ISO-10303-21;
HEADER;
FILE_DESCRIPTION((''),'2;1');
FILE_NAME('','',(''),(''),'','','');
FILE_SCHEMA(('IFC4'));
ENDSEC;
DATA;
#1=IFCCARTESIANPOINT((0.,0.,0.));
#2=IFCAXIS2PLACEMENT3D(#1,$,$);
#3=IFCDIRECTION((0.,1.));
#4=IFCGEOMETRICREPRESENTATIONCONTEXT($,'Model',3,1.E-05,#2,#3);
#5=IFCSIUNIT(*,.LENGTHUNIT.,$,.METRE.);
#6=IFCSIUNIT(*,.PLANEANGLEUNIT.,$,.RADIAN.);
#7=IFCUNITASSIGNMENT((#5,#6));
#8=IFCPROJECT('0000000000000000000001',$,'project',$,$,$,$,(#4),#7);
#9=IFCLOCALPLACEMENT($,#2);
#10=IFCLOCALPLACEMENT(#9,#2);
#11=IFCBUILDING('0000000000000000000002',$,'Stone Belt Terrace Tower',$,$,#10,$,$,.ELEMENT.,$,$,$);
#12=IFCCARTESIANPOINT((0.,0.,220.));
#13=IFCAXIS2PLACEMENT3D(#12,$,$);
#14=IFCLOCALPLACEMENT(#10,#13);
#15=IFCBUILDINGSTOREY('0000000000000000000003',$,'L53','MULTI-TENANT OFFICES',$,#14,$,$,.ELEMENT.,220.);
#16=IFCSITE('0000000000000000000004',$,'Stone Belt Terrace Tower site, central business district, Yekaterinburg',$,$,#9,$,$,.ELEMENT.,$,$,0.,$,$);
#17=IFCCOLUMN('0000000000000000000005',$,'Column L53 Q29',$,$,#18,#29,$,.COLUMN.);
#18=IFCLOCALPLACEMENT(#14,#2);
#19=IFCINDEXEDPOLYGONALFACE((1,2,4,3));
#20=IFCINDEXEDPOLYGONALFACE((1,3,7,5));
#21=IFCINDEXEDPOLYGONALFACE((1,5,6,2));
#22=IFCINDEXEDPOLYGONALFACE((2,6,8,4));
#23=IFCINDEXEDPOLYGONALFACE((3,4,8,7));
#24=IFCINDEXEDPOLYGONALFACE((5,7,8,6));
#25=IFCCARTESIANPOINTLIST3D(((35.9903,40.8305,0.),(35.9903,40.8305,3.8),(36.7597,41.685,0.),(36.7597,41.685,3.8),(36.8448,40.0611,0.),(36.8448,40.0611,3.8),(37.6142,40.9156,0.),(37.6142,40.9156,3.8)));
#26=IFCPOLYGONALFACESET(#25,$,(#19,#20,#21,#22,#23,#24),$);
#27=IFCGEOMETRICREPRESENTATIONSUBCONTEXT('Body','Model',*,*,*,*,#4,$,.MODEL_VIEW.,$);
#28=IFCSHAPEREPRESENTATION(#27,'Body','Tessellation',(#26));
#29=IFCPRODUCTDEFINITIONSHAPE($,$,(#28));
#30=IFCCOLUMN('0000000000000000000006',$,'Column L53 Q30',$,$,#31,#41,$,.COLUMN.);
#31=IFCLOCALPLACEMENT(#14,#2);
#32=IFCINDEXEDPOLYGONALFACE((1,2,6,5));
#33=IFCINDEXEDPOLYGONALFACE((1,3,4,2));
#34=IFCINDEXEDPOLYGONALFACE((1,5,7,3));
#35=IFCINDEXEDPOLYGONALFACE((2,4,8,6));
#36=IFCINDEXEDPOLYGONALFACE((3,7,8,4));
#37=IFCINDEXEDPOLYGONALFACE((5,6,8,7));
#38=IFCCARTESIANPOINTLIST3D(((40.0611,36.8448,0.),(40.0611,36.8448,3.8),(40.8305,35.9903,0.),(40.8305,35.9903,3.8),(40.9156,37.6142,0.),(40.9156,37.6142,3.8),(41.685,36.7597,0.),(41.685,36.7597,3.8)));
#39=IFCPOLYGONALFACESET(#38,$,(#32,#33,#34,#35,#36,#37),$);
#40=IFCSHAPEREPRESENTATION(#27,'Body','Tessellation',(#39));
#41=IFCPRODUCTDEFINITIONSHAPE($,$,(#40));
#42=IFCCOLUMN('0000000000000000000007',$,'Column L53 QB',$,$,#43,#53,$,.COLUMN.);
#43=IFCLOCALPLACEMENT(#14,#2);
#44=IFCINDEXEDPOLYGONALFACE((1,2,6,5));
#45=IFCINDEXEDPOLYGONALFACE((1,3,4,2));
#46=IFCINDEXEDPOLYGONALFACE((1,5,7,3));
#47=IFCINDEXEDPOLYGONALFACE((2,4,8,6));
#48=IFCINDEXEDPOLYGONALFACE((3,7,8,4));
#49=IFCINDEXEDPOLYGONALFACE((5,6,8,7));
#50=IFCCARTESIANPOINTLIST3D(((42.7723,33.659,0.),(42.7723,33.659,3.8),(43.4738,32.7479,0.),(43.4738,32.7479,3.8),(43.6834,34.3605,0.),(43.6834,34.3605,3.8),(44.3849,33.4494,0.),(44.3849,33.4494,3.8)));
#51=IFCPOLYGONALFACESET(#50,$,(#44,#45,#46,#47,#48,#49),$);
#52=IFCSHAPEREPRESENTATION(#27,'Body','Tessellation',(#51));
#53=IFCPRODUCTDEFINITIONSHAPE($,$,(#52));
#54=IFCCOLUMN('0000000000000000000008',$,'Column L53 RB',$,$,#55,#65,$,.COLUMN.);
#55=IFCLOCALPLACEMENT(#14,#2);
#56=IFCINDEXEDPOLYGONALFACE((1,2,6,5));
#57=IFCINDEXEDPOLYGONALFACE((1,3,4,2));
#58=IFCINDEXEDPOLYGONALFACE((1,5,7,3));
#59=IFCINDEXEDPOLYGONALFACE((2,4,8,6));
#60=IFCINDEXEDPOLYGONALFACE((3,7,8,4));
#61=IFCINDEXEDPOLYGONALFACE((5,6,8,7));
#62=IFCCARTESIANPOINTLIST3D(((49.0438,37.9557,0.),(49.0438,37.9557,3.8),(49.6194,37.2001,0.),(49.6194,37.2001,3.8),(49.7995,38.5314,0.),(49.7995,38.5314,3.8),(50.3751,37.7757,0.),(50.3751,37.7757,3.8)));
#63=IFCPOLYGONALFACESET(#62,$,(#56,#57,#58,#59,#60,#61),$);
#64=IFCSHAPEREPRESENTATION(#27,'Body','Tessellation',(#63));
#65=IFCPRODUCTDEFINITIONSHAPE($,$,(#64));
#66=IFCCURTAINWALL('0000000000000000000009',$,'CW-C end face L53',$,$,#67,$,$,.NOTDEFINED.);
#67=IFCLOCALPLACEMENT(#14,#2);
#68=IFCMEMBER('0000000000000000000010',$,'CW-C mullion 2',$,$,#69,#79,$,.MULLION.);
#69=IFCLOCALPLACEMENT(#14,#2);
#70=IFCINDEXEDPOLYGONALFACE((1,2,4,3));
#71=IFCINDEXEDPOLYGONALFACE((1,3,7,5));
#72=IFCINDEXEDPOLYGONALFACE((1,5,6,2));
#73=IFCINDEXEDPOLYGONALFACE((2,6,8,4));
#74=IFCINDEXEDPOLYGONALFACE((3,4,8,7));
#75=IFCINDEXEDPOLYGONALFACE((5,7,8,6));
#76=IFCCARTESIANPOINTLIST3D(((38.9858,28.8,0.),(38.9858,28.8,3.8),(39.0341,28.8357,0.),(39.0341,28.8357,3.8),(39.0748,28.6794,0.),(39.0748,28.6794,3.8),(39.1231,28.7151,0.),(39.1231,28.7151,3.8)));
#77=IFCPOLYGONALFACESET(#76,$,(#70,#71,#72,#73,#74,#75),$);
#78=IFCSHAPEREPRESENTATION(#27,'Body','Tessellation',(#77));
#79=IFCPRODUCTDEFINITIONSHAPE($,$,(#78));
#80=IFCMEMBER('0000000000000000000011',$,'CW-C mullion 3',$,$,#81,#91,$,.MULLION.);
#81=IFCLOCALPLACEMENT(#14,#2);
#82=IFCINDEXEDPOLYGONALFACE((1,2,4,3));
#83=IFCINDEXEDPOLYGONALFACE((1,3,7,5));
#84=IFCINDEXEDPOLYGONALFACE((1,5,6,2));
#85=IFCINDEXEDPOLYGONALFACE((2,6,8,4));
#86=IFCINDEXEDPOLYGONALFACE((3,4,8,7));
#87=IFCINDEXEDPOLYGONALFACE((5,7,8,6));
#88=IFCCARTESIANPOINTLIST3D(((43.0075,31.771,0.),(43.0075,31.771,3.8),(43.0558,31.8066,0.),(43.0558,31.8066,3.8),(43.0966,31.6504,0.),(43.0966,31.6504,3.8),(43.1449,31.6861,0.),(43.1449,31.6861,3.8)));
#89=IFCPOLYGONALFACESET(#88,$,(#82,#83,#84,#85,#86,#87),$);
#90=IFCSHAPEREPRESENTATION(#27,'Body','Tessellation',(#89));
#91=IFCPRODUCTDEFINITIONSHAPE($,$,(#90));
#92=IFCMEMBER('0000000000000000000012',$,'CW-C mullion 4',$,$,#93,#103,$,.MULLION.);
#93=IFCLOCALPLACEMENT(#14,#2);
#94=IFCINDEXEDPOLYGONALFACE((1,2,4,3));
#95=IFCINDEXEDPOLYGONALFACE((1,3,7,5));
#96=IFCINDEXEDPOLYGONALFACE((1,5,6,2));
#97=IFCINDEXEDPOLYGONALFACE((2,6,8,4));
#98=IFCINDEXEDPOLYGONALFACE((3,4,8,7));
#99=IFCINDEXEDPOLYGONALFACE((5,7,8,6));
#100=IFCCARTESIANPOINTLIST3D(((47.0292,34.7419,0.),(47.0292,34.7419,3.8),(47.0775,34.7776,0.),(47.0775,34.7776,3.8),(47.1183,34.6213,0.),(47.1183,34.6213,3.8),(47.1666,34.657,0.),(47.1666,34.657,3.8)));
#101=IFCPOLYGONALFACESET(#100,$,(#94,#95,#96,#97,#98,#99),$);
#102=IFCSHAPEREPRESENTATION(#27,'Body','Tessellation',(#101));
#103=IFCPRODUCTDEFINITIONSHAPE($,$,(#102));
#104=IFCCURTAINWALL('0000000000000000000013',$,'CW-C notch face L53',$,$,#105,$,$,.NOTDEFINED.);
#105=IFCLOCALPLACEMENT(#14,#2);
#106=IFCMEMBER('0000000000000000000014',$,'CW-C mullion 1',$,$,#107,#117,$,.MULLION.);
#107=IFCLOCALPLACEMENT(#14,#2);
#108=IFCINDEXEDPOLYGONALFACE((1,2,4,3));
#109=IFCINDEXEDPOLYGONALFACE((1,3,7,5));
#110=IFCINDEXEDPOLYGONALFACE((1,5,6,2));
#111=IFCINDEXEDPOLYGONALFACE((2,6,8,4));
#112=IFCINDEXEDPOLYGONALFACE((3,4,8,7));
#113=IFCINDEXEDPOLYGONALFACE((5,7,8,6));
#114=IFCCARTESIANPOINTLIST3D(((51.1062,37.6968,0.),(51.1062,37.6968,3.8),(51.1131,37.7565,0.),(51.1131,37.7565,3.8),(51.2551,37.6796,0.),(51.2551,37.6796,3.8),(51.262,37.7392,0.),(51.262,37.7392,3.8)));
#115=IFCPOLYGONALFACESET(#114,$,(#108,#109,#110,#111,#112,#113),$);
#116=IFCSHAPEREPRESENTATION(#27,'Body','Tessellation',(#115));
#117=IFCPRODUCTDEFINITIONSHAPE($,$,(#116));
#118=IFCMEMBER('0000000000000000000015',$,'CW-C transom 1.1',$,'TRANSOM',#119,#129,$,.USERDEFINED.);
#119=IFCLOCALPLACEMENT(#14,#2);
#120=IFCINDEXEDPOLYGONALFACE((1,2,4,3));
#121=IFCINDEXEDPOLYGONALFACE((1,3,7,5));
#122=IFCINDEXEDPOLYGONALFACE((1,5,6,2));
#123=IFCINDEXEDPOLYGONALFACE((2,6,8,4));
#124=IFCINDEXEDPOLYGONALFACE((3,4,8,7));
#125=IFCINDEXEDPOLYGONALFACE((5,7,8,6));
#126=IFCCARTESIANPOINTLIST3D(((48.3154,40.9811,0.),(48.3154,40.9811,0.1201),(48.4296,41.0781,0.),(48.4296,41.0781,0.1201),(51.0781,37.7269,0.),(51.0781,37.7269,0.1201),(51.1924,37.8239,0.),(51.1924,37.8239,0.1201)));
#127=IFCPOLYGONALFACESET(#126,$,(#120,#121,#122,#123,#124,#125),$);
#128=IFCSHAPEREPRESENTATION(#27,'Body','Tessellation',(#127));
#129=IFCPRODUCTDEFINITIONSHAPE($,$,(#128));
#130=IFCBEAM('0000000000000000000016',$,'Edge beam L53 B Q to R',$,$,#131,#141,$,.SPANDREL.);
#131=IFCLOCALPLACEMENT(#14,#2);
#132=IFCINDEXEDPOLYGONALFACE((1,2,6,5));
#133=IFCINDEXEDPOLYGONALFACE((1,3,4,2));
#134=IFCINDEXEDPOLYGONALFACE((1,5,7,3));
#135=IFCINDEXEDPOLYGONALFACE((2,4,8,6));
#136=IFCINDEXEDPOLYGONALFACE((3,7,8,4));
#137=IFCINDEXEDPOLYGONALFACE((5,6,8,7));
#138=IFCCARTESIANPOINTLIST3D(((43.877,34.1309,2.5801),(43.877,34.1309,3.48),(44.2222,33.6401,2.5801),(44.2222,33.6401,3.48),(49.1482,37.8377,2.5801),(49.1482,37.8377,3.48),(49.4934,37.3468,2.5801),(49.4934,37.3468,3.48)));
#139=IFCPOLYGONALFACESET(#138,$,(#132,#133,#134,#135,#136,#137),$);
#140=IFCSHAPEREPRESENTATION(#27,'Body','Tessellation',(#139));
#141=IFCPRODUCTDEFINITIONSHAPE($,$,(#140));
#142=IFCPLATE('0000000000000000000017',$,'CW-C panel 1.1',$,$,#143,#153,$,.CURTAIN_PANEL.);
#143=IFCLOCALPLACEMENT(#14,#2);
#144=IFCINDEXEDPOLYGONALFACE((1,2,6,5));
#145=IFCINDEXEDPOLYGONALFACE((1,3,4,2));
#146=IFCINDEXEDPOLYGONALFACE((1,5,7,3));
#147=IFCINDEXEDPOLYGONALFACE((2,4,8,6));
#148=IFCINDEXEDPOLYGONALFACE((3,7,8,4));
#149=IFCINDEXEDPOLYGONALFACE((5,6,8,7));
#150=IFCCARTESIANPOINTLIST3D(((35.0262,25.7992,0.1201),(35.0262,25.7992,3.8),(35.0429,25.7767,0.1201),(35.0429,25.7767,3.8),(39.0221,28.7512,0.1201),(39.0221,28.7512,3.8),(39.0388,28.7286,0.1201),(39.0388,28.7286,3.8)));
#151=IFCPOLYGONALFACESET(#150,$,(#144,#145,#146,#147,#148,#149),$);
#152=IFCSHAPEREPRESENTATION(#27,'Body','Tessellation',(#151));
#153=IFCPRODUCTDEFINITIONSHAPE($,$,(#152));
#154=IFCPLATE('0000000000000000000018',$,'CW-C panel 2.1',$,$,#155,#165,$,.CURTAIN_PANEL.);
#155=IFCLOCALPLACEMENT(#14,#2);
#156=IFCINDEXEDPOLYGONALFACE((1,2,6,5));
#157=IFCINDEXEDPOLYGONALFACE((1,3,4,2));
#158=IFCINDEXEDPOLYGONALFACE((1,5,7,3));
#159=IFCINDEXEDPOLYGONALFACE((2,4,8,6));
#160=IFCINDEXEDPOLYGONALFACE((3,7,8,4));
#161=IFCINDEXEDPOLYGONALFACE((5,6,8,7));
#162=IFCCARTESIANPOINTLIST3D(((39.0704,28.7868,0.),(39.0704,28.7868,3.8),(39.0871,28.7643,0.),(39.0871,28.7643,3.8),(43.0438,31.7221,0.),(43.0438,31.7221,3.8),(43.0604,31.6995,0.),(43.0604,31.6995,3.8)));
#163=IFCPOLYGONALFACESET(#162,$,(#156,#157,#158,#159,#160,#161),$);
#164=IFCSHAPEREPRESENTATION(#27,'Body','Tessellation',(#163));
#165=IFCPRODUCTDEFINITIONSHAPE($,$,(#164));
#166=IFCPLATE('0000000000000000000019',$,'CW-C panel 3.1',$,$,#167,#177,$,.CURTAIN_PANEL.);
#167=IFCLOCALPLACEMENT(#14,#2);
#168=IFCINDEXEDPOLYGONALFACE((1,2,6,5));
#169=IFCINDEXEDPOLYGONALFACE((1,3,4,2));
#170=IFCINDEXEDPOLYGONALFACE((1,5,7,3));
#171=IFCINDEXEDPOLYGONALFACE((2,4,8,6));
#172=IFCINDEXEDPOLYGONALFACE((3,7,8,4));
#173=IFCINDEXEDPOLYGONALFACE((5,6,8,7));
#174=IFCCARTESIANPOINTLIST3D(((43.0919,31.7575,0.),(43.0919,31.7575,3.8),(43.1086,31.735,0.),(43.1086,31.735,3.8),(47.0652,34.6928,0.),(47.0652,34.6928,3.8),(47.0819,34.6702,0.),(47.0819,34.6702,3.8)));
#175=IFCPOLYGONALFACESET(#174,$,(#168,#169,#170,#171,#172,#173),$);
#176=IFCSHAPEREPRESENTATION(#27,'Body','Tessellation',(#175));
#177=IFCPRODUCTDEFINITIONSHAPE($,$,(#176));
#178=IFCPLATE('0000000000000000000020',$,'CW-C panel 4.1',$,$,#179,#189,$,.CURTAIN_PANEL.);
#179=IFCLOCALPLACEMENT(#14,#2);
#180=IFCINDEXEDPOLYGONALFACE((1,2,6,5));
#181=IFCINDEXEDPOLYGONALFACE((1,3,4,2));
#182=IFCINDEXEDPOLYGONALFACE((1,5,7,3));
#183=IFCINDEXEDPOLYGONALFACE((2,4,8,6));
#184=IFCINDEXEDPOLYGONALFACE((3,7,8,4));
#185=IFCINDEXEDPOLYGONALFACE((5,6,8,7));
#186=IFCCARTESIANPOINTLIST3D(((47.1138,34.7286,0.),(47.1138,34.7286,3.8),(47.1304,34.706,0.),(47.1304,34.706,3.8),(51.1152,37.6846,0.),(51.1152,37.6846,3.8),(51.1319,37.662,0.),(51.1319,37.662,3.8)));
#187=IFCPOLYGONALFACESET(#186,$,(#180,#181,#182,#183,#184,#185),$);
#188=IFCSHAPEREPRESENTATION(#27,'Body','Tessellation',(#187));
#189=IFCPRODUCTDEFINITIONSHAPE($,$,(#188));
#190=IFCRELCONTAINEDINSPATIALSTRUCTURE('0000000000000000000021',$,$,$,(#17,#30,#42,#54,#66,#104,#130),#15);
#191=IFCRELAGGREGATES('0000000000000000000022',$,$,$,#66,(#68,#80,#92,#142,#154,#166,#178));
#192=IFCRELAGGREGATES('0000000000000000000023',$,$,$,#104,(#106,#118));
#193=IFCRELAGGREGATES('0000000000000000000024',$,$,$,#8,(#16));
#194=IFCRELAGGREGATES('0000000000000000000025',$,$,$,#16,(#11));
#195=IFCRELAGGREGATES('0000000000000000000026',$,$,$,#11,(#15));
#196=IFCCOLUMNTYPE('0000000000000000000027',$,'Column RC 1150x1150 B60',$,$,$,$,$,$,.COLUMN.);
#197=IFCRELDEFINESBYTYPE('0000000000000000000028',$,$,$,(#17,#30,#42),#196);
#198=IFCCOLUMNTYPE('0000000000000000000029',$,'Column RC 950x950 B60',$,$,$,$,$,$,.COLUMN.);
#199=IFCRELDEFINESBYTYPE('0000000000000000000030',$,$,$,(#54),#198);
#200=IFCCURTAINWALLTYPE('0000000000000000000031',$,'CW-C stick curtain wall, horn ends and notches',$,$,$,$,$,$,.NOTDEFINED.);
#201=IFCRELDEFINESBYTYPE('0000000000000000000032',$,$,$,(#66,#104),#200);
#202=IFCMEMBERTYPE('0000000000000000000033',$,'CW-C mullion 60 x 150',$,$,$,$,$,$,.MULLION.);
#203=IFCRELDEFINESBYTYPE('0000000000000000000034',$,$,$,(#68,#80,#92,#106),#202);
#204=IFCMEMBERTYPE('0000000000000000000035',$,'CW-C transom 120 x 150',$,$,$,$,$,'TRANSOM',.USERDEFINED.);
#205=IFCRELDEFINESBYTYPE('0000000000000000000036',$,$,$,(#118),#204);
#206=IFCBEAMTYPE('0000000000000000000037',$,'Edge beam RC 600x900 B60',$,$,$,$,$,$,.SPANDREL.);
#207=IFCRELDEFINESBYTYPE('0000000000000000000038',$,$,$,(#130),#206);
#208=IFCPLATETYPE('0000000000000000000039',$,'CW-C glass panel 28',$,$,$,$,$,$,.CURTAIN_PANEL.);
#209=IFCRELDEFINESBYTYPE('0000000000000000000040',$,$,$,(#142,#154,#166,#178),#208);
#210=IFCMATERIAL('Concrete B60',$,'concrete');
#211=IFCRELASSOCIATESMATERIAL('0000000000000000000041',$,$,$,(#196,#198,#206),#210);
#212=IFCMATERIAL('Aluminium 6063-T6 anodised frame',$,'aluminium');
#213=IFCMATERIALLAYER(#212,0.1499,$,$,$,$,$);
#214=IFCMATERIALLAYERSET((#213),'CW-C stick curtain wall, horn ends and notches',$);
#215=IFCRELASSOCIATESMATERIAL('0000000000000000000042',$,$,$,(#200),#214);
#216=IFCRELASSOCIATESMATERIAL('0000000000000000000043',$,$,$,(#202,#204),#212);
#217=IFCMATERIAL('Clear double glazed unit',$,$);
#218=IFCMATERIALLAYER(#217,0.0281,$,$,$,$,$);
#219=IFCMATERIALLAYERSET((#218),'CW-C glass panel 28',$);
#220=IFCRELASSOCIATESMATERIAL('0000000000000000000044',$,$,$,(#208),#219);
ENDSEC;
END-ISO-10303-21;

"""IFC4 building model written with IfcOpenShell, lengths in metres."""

from ifc_helpers import new_model, si_unit, direction, frame, origin, origin_2d, place, context, subcontext, project, spatial, rectangle, extrude, material, layer, layer_set, material_profile, profile_set, type_object, element, aggregate, save


model = new_model("IFC4")

# Units and contexts
model_context = context("Model", 3, precision=1e-05, world=origin(), true_north=direction((0.0, 1.0)))
body_context = subcontext(model_context, "Body", "Model", "MODEL_VIEW")
ifc_project = project(units=[si_unit("LENGTHUNIT", "METRE"), si_unit("PLANEANGLEUNIT", "RADIAN")], contexts=[model_context])

# Site, building, storey
site_placement = place(None, origin())
site = spatial("IfcSite", under=ifc_project, at=site_placement, Name="Stone Belt Terrace Tower site, central business district, Yekaterinburg", CompositionType="ELEMENT", RefElevation=0.0)
building_placement = place(site_placement, origin())
building = spatial("IfcBuilding", under=site, at=building_placement, Name="Stone Belt Terrace Tower", CompositionType="ELEMENT")
storey_placement = place(building_placement, frame((0.0, 0.0, 220.0)))
storey = spatial("IfcBuildingStorey", under=building, at=storey_placement, Name="L53", Description="MULTI-TENANT OFFICES", CompositionType="ELEMENT", Elevation=220.0)

# Columns
ifc_material_1 = material(Name="Concrete B60", Category="concrete")
ifc_material_profile_1 = material_profile(ifc_material_1, rectangle(XDim=1.1499, YDim=1.1499, at=origin_2d()), Name="RC 1150x1150")
ifc_profile_set_1 = profile_set([ifc_material_profile_1], Name="Concrete B60")
column_type_1 = type_object("IfcColumnType", Name="Column RC 1150x1150 B60", PredefinedType="COLUMN", material=ifc_profile_set_1)
for number, where, z_axis, x_axis, name in (
    (1, (36.8022, 40.873, 0.0), (0.0, 0.0, 1.0), (0.743145, -0.669131, 0.0), "Column L53 Q29"),
    (2, (40.873, 36.8022, 0.0), (0.0, 0.0, 1.0), (0.669131, -0.743145, 0.0), "Column L53 Q30"),
    (3, (43.5786, 33.5542, 0.0), (0.0, 0.0, 1.0), (0.610079, -0.792341, 0.0), "Column L53 QB"),
):
    element("IfcColumn", number, at=place(storey_placement, frame(where, z_axis=z_axis, x_axis=x_axis)), inside=storey, type_object=column_type_1, Name=name, PredefinedType="COLUMN", context=body_context, shape_type="SweptSolid", body=[
        extrude(rectangle(XDim=1.1499, YDim=1.1499, at=origin_2d()), origin(), (0.0, 0.0, 1.0), 3.8),
    ])
ifc_material_profile_2 = material_profile(ifc_material_1, rectangle(XDim=0.95, YDim=0.95, at=origin_2d()), Name="RC 950x950")
ifc_profile_set_2 = profile_set([ifc_material_profile_2], Name="Concrete B60")
column_type_2 = type_object("IfcColumnType", Name="Column RC 950x950 B60", PredefinedType="COLUMN", material=ifc_profile_set_2)
column_placement = place(storey_placement, frame((49.7095, 37.8657, 0.0), z_axis=(0.0, 0.0, 1.0), x_axis=(0.605961, -0.795495, 0.0)))
element("IfcColumn", 4, at=column_placement, inside=storey, type_object=column_type_2, Name="Column L53 RB", PredefinedType="COLUMN", context=body_context, shape_type="SweptSolid", body=[
    extrude(rectangle(XDim=0.95, YDim=0.95, at=origin_2d()), origin(), (0.0, 0.0, 1.0), 3.8),
])

# Curtain walls, members
ifc_material_2 = material(Name="Aluminium 6063-T6 anodised frame", Category="aluminium")
ifc_layer_1 = layer(ifc_material_2, 0.1499)
ifc_layer_set_1 = layer_set([ifc_layer_1], Name="CW-C stick curtain wall, horn ends and notches")
curtain_wall_type = type_object("IfcCurtainWallType", Name="CW-C stick curtain wall, horn ends and notches", PredefinedType="NOTDEFINED", material=ifc_layer_set_1)
curtain_wall_1_placement = place(storey_placement, origin())
curtain_wall_1 = element("IfcCurtainWall", 5, at=curtain_wall_1_placement, inside=storey, type_object=curtain_wall_type, Name="CW-C end face L53", PredefinedType="NOTDEFINED")
ifc_material_profile_3 = material_profile(ifc_material_2, rectangle(XDim=0.1499, YDim=0.0601, at=origin_2d()), Name="Aluminium 6063-T6 60x150")
ifc_profile_set_3 = profile_set([ifc_material_profile_3], Name="Aluminium 6063-T6 anodised frame")
member_type_1 = type_object("IfcMemberType", Name="CW-C mullion 60 x 150", PredefinedType="MULLION", material=ifc_profile_set_3)
member_1_placement = place(storey_placement, frame((39.0544, 28.7576, 0.0), z_axis=(0.0, 0.0, 1.0), x_axis=(-0.594184, 0.804329, 0.0)))
member_1 = element("IfcMember", 6, at=member_1_placement, type_object=member_type_1, Name="CW-C mullion 2", PredefinedType="MULLION", context=body_context, shape_type="SweptSolid", body=[
    extrude(rectangle(XDim=0.1499, YDim=0.0601, at=origin_2d()), origin(), (0.0, 0.0, 1.0), 3.8),
])
member_2_placement = place(storey_placement, frame((43.0762, 31.7285, 0.0), z_axis=(0.0, 0.0, 1.0), x_axis=(-0.594184, 0.804329, 0.0)))
member_2 = element("IfcMember", 7, at=member_2_placement, type_object=member_type_1, Name="CW-C mullion 3", PredefinedType="MULLION", context=body_context, shape_type="SweptSolid", body=[
    extrude(rectangle(XDim=0.1499, YDim=0.0601, at=origin_2d()), origin(), (0.0, 0.0, 1.0), 3.8),
])
member_3_placement = place(storey_placement, frame((47.0979, 34.6995, 0.0), z_axis=(0.0, 0.0, 1.0), x_axis=(-0.594184, 0.804329, 0.0)))
member_3 = element("IfcMember", 8, at=member_3_placement, type_object=member_type_1, Name="CW-C mullion 4", PredefinedType="MULLION", context=body_context, shape_type="SweptSolid", body=[
    extrude(rectangle(XDim=0.1499, YDim=0.0601, at=origin_2d()), origin(), (0.0, 0.0, 1.0), 3.8),
])
curtain_wall_2_placement = place(storey_placement, origin())
curtain_wall_2 = element("IfcCurtainWall", 9, at=curtain_wall_2_placement, inside=storey, type_object=curtain_wall_type, Name="CW-C notch face L53", PredefinedType="NOTDEFINED")
member_4_placement = place(storey_placement, frame((51.1841, 37.718, 0.0), z_axis=(0.0, 0.0, 1.0), x_axis=(-0.993359, 0.115057, 0.0)))
member_4 = element("IfcMember", 10, at=member_4_placement, type_object=member_type_1, Name="CW-C mullion 1", PredefinedType="MULLION", context=body_context, shape_type="SweptSolid", body=[
    extrude(rectangle(XDim=0.1499, YDim=0.0601, at=origin_2d()), origin(), (0.0, 0.0, 1.0), 3.8),
])
ifc_material_profile_4 = material_profile(ifc_material_2, rectangle(XDim=0.1499, YDim=0.1201, at=origin_2d()), Name="Aluminium 6063-T6 150x120")
ifc_profile_set_4 = profile_set([ifc_material_profile_4], Name="Aluminium 6063-T6 anodised frame")
member_type_2 = type_object("IfcMemberType", Name="CW-C transom 120 x 150", ElementType="TRANSOM", PredefinedType="USERDEFINED", material=ifc_profile_set_4)
member_5_placement = place(storey_placement, frame((51.1353, 37.7754, 0.0601), z_axis=(-0.647195, 0.762324, 0.0), x_axis=(-0.762324, -0.647195, 0.0)))
member_5 = element("IfcMember", 11, at=member_5_placement, type_object=member_type_2, Name="CW-C transom 1.1", ObjectType="TRANSOM", PredefinedType="USERDEFINED", context=body_context, shape_type="SweptSolid", body=[
    extrude(rectangle(XDim=0.1499, YDim=0.1201, at=origin_2d()), origin(), (0.0, 0.0, 1.0), 4.2688),
])

# Beam
ifc_material_profile_5 = material_profile(ifc_material_1, rectangle(XDim=0.6001, YDim=0.8999, at=origin_2d()), Name="RC 600x900")
ifc_profile_set_5 = profile_set([ifc_material_profile_5], Name="Concrete B60")
beam_type = type_object("IfcBeamType", Name="Edge beam RC 600x900 B60", PredefinedType="SPANDREL", material=ifc_profile_set_5)
beam_placement = place(storey_placement, frame((44.0496, 33.8855, 3.03), z_axis=(0.817997, 0.575223, 0.0), x_axis=(-0.575223, 0.817997, 0.0)))
element("IfcBeam", 12, at=beam_placement, inside=storey, type_object=beam_type, Name="Edge beam L53 B Q to R", PredefinedType="SPANDREL", context=body_context, shape_type="SweptSolid", body=[
    extrude(rectangle(XDim=0.6001, YDim=0.8999, at=origin_2d()), origin(), (0.0, 0.0, 1.0), 6.4441),
])

# Plates
ifc_material_3 = material(Name="Clear double glazed unit")
ifc_layer_2 = layer(ifc_material_3, 0.0281)
ifc_layer_set_2 = layer_set([ifc_layer_2], Name="CW-C glass panel 28")
plate_type = type_object("IfcPlateType", Name="CW-C glass panel 28", PredefinedType="CURTAIN_PANEL", material=ifc_layer_set_2)
plate_1_placement = place(storey_placement, frame((37.0325, 27.2639, 0.1201), z_axis=(0.0, 0.0, 1.0), x_axis=(0.804329, 0.594184, 0.0)))
plate_1 = element("IfcPlate", 13, at=plate_1_placement, type_object=plate_type, Name="CW-C panel 1.1", PredefinedType="CURTAIN_PANEL", context=body_context, shape_type="SweptSolid", body=[
    extrude(rectangle(XDim=4.968, YDim=0.0281, at=origin_2d()), origin(), (0.0, 0.0, 1.0), 3.6799),
])
plate_2_placement = place(storey_placement, frame((41.0654, 30.2432, 0.0), z_axis=(0.0, 0.0, 1.0), x_axis=(0.804329, 0.594184, 0.0)))
plate_2 = element("IfcPlate", 14, at=plate_2_placement, type_object=plate_type, Name="CW-C panel 2.1", PredefinedType="CURTAIN_PANEL", context=body_context, shape_type="SweptSolid", body=[
    extrude(rectangle(XDim=4.9399, YDim=0.0281, at=origin_2d()), origin(), (0.0, 0.0, 1.0), 3.8),
])
plate_3_placement = place(storey_placement, frame((45.0869, 33.2139, 0.0), z_axis=(0.0, 0.0, 1.0), x_axis=(0.804329, 0.594184, 0.0)))
plate_3 = element("IfcPlate", 15, at=plate_3_placement, type_object=plate_type, Name="CW-C panel 3.1", PredefinedType="CURTAIN_PANEL", context=body_context, shape_type="SweptSolid", body=[
    extrude(rectangle(XDim=4.9399, YDim=0.0281, at=origin_2d()), origin(), (0.0, 0.0, 1.0), 3.8),
])
plate_4_placement = place(storey_placement, frame((49.1228, 36.1953, 0.0), z_axis=(0.0, 0.0, 1.0), x_axis=(0.804329, 0.594184, 0.0)))
plate_4 = element("IfcPlate", 16, at=plate_4_placement, type_object=plate_type, Name="CW-C panel 4.1", PredefinedType="CURTAIN_PANEL", context=body_context, shape_type="SweptSolid", body=[
    extrude(rectangle(XDim=4.9749, YDim=0.0281, at=origin_2d()), origin(), (0.0, 0.0, 1.0), 3.8),
])
aggregate(curtain_wall_1, [member_1, member_2, member_3, plate_1, plate_2, plate_3, plate_4])
aggregate(curtain_wall_2, [member_4, member_5])

save(model, "model.ifc")
